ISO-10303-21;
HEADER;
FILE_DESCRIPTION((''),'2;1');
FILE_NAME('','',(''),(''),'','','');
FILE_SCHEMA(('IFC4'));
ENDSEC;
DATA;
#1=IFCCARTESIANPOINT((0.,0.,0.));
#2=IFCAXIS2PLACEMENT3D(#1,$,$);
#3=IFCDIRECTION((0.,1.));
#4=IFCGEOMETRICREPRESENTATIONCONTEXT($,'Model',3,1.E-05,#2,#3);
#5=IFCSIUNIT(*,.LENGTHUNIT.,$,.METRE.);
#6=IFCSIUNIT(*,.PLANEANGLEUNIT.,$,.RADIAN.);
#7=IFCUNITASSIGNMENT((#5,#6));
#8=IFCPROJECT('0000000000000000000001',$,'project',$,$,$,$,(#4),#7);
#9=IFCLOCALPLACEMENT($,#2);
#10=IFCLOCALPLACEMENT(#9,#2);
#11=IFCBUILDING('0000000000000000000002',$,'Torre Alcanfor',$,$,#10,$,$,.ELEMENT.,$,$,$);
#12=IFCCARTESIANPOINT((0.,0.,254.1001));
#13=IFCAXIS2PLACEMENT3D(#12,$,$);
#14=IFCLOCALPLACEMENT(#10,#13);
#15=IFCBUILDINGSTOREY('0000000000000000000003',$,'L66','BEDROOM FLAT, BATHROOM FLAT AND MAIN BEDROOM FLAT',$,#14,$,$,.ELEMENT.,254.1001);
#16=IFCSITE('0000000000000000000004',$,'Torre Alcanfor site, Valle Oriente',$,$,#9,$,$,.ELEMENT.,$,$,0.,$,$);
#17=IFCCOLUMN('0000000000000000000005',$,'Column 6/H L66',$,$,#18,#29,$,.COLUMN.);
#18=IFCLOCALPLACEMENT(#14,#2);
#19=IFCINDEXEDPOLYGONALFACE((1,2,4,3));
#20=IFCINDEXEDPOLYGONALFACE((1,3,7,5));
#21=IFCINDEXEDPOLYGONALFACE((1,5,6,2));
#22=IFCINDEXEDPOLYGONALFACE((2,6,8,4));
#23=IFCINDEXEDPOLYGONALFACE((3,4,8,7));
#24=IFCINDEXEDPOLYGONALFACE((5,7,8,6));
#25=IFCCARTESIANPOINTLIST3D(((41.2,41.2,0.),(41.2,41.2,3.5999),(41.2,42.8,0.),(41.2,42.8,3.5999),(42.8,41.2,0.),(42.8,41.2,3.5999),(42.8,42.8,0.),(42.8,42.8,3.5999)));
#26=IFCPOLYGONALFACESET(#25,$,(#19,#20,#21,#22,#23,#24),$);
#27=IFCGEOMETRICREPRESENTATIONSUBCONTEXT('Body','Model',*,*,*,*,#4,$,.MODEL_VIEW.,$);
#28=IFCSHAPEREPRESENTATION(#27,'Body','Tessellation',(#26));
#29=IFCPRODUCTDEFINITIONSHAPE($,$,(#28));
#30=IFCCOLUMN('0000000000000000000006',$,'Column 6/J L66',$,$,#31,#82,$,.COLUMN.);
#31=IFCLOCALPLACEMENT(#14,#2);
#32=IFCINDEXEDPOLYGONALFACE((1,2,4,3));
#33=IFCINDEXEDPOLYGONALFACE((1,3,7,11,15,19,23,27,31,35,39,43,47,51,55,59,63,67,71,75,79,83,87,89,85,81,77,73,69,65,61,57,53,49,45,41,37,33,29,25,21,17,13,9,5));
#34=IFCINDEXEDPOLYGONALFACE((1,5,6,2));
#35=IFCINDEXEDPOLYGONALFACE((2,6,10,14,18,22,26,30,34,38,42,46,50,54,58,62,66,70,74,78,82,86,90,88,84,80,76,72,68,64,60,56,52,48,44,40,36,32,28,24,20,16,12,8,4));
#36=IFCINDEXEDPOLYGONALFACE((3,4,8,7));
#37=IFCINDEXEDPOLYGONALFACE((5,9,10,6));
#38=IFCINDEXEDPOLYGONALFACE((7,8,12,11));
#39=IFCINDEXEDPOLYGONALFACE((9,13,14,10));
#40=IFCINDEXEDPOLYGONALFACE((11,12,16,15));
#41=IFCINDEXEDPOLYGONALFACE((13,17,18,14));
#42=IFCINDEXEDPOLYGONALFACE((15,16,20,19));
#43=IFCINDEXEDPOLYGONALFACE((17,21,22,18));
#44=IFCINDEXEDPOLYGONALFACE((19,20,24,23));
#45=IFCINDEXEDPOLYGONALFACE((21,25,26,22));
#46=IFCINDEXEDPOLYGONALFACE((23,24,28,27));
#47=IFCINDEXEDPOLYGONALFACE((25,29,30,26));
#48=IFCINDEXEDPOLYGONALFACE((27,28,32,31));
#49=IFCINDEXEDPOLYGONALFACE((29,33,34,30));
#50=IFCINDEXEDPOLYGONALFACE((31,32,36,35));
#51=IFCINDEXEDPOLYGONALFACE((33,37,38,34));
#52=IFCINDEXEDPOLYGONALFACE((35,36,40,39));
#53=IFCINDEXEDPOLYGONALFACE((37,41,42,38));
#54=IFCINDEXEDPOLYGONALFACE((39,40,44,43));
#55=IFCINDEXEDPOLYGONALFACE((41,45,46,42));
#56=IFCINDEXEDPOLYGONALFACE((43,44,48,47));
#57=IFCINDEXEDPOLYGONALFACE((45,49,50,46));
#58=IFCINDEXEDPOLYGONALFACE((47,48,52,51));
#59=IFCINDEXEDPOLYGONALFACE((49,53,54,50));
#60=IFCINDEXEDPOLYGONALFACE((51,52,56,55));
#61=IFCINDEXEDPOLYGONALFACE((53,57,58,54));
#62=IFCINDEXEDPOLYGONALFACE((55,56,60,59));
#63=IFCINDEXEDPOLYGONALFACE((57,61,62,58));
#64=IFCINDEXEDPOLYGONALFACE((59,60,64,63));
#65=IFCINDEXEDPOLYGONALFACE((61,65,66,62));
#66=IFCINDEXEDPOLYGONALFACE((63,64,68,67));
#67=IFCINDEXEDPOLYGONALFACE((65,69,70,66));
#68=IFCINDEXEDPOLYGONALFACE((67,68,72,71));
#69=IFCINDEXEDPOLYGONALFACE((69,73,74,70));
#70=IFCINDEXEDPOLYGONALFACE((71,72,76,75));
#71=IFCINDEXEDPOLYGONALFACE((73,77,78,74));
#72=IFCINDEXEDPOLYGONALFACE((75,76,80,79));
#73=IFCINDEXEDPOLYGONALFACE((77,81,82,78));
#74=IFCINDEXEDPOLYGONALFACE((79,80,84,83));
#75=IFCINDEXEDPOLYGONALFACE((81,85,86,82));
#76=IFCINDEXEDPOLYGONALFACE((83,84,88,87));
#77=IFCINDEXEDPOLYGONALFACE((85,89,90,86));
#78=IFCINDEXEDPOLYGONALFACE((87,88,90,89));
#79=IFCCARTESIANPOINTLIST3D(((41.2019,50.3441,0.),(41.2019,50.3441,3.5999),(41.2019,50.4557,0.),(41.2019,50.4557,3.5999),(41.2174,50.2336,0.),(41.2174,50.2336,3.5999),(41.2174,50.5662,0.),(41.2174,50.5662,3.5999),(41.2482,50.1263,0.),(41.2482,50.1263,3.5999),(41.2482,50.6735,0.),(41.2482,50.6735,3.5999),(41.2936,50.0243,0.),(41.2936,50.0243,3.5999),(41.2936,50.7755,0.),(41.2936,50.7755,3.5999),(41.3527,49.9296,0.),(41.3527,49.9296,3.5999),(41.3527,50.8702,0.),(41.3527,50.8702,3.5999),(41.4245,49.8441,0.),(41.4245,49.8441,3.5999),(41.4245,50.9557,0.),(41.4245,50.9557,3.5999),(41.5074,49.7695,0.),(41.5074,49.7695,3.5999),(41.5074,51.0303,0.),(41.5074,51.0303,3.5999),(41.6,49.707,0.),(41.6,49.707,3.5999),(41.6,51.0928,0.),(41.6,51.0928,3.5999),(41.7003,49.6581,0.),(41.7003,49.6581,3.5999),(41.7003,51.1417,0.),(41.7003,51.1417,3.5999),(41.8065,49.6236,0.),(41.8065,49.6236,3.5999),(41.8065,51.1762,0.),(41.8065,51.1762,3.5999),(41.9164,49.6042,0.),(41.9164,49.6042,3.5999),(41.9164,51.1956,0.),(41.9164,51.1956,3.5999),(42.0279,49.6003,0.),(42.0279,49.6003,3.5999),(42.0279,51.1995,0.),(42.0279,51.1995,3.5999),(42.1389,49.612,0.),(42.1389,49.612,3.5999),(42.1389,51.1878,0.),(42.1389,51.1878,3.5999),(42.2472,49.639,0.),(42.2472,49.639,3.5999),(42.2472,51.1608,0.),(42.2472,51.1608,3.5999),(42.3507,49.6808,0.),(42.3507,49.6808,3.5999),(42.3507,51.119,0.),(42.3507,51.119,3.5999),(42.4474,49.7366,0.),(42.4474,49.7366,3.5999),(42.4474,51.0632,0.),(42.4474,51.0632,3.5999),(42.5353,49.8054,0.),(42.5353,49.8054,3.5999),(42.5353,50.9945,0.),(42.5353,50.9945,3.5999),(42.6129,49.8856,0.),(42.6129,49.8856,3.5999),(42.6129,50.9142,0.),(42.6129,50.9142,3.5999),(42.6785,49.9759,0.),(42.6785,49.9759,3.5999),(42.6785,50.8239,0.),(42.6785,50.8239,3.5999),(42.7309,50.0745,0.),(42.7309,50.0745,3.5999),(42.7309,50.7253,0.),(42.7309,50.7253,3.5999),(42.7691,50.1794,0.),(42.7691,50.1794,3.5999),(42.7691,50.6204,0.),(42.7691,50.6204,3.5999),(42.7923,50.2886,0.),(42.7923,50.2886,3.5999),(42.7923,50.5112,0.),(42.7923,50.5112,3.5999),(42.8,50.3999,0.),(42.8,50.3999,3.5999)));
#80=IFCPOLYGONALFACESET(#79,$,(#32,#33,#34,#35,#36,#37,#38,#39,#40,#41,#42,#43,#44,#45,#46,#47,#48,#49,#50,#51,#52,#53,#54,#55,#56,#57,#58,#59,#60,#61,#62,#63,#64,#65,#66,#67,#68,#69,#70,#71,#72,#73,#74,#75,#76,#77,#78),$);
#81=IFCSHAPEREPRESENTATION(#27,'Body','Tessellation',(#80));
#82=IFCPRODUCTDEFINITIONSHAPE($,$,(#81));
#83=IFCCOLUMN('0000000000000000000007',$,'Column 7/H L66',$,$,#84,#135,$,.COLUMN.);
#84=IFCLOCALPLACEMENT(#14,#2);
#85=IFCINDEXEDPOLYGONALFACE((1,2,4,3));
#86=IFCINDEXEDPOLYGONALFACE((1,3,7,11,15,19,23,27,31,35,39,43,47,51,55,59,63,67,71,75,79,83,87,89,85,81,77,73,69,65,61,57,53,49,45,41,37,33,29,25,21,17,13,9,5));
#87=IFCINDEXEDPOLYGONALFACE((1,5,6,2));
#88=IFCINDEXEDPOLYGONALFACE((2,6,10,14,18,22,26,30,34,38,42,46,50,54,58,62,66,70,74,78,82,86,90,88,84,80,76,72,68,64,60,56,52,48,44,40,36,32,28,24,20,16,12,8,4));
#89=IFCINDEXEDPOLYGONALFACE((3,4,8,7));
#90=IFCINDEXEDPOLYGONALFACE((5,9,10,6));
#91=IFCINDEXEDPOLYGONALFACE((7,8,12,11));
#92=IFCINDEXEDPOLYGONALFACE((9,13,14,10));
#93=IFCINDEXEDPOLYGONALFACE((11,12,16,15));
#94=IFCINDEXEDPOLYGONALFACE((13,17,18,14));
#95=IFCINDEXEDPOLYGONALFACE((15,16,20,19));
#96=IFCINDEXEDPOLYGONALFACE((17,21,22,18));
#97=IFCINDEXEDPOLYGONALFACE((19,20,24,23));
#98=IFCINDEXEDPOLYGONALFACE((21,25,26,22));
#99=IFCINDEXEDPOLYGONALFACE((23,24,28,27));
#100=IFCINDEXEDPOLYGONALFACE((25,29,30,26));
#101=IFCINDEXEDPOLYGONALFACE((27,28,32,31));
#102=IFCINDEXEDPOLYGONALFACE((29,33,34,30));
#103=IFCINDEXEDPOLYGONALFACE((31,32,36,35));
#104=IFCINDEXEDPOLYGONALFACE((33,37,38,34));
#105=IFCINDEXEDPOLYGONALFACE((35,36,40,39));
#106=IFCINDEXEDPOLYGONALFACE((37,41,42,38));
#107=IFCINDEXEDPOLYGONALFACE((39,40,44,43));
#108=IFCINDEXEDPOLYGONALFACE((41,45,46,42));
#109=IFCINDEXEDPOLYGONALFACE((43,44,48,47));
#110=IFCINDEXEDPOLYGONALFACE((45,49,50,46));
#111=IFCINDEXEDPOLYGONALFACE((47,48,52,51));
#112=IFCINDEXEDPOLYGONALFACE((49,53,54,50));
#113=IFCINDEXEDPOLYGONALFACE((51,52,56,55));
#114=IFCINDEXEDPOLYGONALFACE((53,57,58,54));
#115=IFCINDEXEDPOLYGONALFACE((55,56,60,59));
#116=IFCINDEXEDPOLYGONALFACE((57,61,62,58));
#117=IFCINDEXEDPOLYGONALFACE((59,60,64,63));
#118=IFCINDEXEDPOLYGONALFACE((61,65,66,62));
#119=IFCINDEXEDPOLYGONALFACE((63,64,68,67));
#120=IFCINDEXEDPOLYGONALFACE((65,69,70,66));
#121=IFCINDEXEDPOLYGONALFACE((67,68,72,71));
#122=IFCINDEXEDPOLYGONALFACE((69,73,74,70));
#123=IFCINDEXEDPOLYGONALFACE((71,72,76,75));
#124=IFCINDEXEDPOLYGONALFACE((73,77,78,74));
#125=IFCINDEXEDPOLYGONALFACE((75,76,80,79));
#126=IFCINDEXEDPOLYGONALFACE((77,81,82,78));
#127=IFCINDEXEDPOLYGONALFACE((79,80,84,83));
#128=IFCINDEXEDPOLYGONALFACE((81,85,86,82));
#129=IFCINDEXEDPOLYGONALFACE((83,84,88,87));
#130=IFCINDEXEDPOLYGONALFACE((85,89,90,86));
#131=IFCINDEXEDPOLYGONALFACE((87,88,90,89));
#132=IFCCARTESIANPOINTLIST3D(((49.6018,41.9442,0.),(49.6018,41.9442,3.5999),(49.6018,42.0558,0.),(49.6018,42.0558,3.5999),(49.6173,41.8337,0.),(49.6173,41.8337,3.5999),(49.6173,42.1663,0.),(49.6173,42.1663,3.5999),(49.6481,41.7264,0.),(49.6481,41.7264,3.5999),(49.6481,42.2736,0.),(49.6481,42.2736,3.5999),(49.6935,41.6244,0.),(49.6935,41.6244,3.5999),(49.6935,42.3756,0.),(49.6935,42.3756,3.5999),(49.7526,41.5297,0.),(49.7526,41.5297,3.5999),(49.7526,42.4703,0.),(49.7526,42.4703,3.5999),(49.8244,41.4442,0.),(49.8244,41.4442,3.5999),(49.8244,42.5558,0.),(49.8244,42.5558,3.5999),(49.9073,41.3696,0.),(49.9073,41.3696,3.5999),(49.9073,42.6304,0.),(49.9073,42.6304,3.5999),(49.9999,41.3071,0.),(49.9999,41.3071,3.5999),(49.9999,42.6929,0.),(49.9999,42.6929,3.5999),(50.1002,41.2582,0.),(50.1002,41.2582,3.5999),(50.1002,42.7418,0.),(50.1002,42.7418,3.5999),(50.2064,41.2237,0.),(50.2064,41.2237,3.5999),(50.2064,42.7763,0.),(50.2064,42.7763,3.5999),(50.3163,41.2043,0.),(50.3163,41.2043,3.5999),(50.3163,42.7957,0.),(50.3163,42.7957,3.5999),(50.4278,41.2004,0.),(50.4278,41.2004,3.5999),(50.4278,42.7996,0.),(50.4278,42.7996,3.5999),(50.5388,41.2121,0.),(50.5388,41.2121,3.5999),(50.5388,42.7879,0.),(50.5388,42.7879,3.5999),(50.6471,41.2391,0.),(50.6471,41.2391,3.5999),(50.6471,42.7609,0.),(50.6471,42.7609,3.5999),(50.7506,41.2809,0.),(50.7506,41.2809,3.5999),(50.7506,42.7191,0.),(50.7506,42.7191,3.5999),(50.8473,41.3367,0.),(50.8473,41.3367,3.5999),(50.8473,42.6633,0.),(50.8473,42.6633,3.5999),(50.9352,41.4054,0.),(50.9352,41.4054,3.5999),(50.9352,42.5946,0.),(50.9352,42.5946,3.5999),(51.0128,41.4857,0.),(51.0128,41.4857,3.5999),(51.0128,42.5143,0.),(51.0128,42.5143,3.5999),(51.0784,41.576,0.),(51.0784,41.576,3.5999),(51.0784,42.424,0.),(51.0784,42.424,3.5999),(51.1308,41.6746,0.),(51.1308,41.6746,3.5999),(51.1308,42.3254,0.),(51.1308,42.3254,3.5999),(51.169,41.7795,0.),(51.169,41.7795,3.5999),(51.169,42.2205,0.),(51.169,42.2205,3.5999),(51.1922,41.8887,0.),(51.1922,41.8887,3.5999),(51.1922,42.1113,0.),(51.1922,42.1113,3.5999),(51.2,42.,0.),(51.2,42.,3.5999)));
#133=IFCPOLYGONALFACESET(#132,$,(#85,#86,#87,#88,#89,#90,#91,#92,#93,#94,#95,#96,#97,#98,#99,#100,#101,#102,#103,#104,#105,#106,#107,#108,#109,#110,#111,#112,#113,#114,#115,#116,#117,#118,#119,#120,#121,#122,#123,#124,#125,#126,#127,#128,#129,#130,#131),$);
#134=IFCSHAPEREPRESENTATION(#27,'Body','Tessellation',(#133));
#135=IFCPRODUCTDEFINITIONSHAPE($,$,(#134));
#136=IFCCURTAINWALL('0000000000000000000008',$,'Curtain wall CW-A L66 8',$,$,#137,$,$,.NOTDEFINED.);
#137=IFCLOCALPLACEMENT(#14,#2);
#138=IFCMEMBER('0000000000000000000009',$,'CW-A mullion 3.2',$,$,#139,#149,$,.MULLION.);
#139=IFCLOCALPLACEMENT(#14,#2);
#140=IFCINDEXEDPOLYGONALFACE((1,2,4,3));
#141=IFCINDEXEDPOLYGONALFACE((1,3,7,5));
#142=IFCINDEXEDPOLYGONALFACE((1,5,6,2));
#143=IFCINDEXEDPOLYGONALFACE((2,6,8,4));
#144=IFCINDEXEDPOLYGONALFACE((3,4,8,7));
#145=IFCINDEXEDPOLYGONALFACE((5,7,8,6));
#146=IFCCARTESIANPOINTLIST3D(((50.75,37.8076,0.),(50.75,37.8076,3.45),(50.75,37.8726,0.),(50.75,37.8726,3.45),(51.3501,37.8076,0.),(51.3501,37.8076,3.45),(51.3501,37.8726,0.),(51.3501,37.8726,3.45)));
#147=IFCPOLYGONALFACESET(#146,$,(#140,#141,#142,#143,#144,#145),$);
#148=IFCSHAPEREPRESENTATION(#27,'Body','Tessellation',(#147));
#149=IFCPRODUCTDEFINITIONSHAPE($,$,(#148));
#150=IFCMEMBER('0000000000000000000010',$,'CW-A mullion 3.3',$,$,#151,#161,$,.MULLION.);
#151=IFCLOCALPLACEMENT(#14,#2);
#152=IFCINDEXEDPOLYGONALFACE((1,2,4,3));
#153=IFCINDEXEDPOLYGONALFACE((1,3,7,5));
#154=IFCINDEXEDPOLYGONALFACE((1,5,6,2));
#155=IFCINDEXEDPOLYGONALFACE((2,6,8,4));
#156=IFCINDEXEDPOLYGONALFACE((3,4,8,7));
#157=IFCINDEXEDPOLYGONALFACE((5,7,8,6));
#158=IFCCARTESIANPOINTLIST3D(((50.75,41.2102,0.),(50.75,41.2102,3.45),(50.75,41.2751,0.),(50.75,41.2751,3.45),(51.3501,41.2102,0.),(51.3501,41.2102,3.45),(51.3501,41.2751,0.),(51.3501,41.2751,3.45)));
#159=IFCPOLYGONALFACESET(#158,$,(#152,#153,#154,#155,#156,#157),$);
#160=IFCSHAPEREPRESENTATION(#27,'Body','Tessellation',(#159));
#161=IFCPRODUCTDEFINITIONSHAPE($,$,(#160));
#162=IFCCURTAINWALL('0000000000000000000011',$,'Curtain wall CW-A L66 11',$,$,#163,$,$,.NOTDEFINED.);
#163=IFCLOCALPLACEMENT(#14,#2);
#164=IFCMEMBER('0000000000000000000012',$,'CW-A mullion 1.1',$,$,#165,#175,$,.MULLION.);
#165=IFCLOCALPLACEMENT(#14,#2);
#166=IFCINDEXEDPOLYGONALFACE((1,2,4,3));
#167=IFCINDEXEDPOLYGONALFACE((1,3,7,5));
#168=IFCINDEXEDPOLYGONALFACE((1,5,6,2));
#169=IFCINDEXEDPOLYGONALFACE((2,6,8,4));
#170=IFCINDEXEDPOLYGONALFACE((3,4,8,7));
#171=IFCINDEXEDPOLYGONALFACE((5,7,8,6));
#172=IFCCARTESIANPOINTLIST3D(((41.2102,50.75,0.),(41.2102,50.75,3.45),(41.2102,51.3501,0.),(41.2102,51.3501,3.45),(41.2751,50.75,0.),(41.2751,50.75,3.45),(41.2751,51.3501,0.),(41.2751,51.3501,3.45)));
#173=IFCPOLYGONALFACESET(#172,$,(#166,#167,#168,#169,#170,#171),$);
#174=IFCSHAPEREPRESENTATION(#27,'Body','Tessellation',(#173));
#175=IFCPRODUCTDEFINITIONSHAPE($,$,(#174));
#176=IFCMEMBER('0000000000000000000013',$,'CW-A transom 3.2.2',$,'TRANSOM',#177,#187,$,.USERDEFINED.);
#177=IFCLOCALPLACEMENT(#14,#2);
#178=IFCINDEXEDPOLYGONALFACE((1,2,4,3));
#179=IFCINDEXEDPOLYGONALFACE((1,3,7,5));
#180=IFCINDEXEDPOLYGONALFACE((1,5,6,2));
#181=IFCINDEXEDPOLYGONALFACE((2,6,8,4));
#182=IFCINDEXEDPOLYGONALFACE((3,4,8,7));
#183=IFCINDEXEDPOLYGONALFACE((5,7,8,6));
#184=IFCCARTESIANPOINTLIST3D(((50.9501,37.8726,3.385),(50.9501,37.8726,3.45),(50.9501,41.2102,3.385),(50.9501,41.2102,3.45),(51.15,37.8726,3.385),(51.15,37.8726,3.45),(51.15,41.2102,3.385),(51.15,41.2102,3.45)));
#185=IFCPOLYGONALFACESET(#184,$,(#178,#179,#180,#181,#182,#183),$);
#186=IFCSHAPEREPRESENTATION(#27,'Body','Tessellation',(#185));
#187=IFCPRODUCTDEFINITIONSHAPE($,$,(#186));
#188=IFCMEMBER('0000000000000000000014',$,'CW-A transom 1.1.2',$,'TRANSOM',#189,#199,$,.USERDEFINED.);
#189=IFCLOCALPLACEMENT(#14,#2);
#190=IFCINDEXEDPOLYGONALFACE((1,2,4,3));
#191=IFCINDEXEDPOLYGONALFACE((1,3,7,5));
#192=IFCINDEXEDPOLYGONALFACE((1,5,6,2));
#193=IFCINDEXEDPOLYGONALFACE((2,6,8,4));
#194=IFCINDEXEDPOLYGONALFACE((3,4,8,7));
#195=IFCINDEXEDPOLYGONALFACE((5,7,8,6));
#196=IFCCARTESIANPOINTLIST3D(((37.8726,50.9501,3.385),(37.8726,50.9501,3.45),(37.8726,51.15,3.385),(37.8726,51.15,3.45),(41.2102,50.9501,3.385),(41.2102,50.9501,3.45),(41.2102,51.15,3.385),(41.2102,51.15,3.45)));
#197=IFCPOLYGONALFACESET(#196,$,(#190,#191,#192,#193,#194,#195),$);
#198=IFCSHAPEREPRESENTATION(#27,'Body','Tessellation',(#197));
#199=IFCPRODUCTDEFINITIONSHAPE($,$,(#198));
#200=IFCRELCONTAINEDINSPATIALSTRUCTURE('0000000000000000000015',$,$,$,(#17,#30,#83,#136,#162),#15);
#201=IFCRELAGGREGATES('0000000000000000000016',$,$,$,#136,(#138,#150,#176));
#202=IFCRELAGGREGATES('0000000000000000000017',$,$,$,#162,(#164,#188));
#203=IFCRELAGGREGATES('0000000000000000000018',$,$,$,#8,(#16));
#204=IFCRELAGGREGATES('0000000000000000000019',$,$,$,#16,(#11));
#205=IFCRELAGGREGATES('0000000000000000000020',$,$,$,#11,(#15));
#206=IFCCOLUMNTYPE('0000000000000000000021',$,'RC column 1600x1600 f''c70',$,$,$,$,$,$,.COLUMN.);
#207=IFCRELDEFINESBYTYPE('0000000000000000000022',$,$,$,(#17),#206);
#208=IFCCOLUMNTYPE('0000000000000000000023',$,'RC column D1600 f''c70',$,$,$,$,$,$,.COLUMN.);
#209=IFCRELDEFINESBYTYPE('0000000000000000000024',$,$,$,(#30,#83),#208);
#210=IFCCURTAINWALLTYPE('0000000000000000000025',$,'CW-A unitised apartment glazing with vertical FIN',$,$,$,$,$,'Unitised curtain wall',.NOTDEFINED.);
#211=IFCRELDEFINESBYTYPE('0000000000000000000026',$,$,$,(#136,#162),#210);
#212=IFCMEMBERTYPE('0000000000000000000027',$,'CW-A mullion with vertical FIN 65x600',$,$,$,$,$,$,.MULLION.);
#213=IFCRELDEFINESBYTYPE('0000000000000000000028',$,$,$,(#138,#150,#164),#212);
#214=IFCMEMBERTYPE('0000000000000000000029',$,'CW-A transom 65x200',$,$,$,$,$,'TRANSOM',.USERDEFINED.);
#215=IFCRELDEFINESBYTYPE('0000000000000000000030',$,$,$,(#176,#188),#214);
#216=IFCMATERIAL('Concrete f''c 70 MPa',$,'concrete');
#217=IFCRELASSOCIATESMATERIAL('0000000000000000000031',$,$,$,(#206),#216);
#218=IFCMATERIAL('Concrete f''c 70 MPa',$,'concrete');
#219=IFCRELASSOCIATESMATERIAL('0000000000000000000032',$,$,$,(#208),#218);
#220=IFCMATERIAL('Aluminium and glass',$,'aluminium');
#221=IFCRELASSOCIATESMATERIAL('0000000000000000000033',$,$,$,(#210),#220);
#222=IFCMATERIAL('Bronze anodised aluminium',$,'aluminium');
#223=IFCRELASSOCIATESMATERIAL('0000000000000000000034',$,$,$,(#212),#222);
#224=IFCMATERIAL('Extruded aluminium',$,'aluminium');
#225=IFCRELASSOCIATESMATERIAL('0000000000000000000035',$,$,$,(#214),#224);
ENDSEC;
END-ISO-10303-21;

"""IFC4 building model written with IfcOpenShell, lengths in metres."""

from ifc_helpers import new_model, si_unit, direction, frame, origin, origin_2d, place, context, subcontext, project, spatial, rectangle, circle, extrude, material, material_profile, profile_set, type_object, element, aggregate, save


model = new_model("IFC4")

# Units and contexts
model_context = context("Model", 3, precision=1e-05, world=origin(), true_north=direction((0.0, 1.0)))
body_context = subcontext(model_context, "Body", "Model", "MODEL_VIEW")
ifc_project = project(units=[si_unit("LENGTHUNIT", "METRE"), si_unit("PLANEANGLEUNIT", "RADIAN")], contexts=[model_context])

# Site, building, storey
site_placement = place(None, origin())
site = spatial("IfcSite", under=ifc_project, at=site_placement, Name="Torre Alcanfor site, Valle Oriente", CompositionType="ELEMENT", RefElevation=0.0)
building_placement = place(site_placement, origin())
building = spatial("IfcBuilding", under=site, at=building_placement, Name="Torre Alcanfor", CompositionType="ELEMENT")
storey_placement = place(building_placement, frame((0.0, 0.0, 254.1001)))
storey = spatial("IfcBuildingStorey", under=building, at=storey_placement, Name="L66", Description="BEDROOM FLAT, BATHROOM FLAT AND MAIN BEDROOM FLAT", CompositionType="ELEMENT", Elevation=254.1001)

# Columns
ifc_material_1 = material(Name="Concrete f'c 70 MPa", Category="concrete")
ifc_material_profile_1 = material_profile(ifc_material_1, rectangle(XDim=1.6001, YDim=1.6001, at=origin_2d()), Name="1600x1600")
ifc_profile_set_1 = profile_set([ifc_material_profile_1], Name="Concrete f'c 70 MPa")
column_type_1 = type_object("IfcColumnType", Name="RC column 1600x1600 f'c70", PredefinedType="COLUMN", material=ifc_profile_set_1)
column_placement = place(storey_placement, frame((42.0, 42.0, 0.0), z_axis=(0.0, 0.0, 1.0), x_axis=(1.0, 0.0, 0.0)))
element("IfcColumn", 1, at=column_placement, inside=storey, type_object=column_type_1, Name="Column 6/H L66", PredefinedType="COLUMN", context=body_context, shape_type="SweptSolid", body=[
    extrude(rectangle(XDim=1.6001, YDim=1.6001, at=origin_2d()), origin(), (0.0, 0.0, 1.0), 3.5999),
])
ifc_material_2 = material(Name="Concrete f'c 70 MPa", Category="concrete")
ifc_material_profile_2 = material_profile(ifc_material_2, circle(Radius=0.8, at=origin_2d()), Name="D1600")
ifc_profile_set_2 = profile_set([ifc_material_profile_2], Name="Concrete f'c 70 MPa")
column_type_2 = type_object("IfcColumnType", Name="RC column D1600 f'c70", PredefinedType="COLUMN", material=ifc_profile_set_2)
for number, where, z_axis, x_axis, name in (
    (2, (42.0, 50.3999, 0.0), (0.0, 0.0, 1.0), (1.0, 0.0, 0.0), "Column 6/J L66"),
    (3, (50.3999, 42.0, 0.0), (0.0, 0.0, 1.0), (1.0, 0.0, 0.0), "Column 7/H L66"),
):
    element("IfcColumn", number, at=place(storey_placement, frame(where, z_axis=z_axis, x_axis=x_axis)), inside=storey, type_object=column_type_2, Name=name, PredefinedType="COLUMN", context=body_context, shape_type="SweptSolid", body=[
        extrude(circle(Radius=0.8, at=origin_2d()), origin(), (0.0, 0.0, 1.0), 3.5999),
    ])

# Curtain wall, members
ifc_material_3 = material(Name="Aluminium and glass", Category="aluminium")
curtain_wall_type = type_object("IfcCurtainWallType", Name="CW-A unitised apartment glazing with vertical FIN", ElementType="Unitised curtain wall", PredefinedType="NOTDEFINED", material=ifc_material_3)
curtain_wall_1_placement = place(storey_placement, origin())
curtain_wall_1 = element("IfcCurtainWall", 4, at=curtain_wall_1_placement, inside=storey, type_object=curtain_wall_type, Name="Curtain wall CW-A L66 8", PredefinedType="NOTDEFINED")
ifc_material_4 = material(Name="Bronze anodised aluminium", Category="aluminium")
ifc_material_profile_3 = material_profile(ifc_material_4, rectangle(XDim=0.6001, YDim=0.0649, at=origin_2d()), Name="CW-A mullion 65x600")
ifc_profile_set_3 = profile_set([ifc_material_profile_3], Name="Bronze anodised aluminium")
member_type_1 = type_object("IfcMemberType", Name="CW-A mullion with vertical FIN 65x600", PredefinedType="MULLION", material=ifc_profile_set_3)
member_1_placement = place(storey_placement, frame((51.05, 37.8401, 0.0), z_axis=(0.0, 0.0, 1.0), x_axis=(-1.0, 0.0, 0.0)))
member_1 = element("IfcMember", 5, at=member_1_placement, type_object=member_type_1, Name="CW-A mullion 3.2", PredefinedType="MULLION", context=body_context, shape_type="SweptSolid", body=[
    extrude(rectangle(XDim=0.6001, YDim=0.0649, at=origin_2d()), origin(), (0.0, 0.0, 1.0), 3.45),
])
member_2_placement = place(storey_placement, frame((51.05, 41.2427, 0.0), z_axis=(0.0, 0.0, 1.0), x_axis=(-1.0, 0.0, 0.0)))
member_2 = element("IfcMember", 6, at=member_2_placement, type_object=member_type_1, Name="CW-A mullion 3.3", PredefinedType="MULLION", context=body_context, shape_type="SweptSolid", body=[
    extrude(rectangle(XDim=0.6001, YDim=0.0649, at=origin_2d()), origin(), (0.0, 0.0, 1.0), 3.45),
])

# Curtain wall, member
curtain_wall_2_placement = place(storey_placement, origin())
curtain_wall_2 = element("IfcCurtainWall", 7, at=curtain_wall_2_placement, inside=storey, type_object=curtain_wall_type, Name="Curtain wall CW-A L66 11", PredefinedType="NOTDEFINED")
member_3_placement = place(storey_placement, frame((41.2427, 51.05, 0.0), z_axis=(0.0, 0.0, 1.0), x_axis=(0.0, -1.0, 0.0)))
member_3 = element("IfcMember", 8, at=member_3_placement, type_object=member_type_1, Name="CW-A mullion 1.1", PredefinedType="MULLION", context=body_context, shape_type="SweptSolid", body=[
    extrude(rectangle(XDim=0.6001, YDim=0.0649, at=origin_2d()), origin(), (0.0, 0.0, 1.0), 3.45),
])

# Members
ifc_material_5 = material(Name="Extruded aluminium", Category="aluminium")
ifc_material_profile_4 = material_profile(ifc_material_5, rectangle(XDim=0.2, YDim=0.0649, at=origin_2d()), Name="CW-A transom 200x65")
ifc_profile_set_4 = profile_set([ifc_material_profile_4], Name="Extruded aluminium")
member_type_2 = type_object("IfcMemberType", Name="CW-A transom 65x200", ElementType="TRANSOM", PredefinedType="USERDEFINED", material=ifc_profile_set_4)
member_4_placement = place(storey_placement, frame((51.05, 37.8726, 3.4175), z_axis=(0.0, 1.0, 0.0), x_axis=(-1.0, 0.0, 0.0)))
member_4 = element("IfcMember", 9, at=member_4_placement, type_object=member_type_2, Name="CW-A transom 3.2.2", ObjectType="TRANSOM", PredefinedType="USERDEFINED", context=body_context, shape_type="SweptSolid", body=[
    extrude(rectangle(XDim=0.2, YDim=0.0649, at=origin_2d()), origin(), (0.0, 0.0, 1.0), 3.3376),
])
member_5_placement = place(storey_placement, frame((41.2102, 51.05, 3.4175), z_axis=(-1.0, 0.0, 0.0), x_axis=(0.0, -1.0, 0.0)))
member_5 = element("IfcMember", 10, at=member_5_placement, type_object=member_type_2, Name="CW-A transom 1.1.2", ObjectType="TRANSOM", PredefinedType="USERDEFINED", context=body_context, shape_type="SweptSolid", body=[
    extrude(rectangle(XDim=0.2, YDim=0.0649, at=origin_2d()), origin(), (0.0, 0.0, 1.0), 3.3376),
])

aggregate(curtain_wall_1, [member_1, member_2, member_4])
aggregate(curtain_wall_2, [member_3, member_5])

save(model, "model.ifc")
